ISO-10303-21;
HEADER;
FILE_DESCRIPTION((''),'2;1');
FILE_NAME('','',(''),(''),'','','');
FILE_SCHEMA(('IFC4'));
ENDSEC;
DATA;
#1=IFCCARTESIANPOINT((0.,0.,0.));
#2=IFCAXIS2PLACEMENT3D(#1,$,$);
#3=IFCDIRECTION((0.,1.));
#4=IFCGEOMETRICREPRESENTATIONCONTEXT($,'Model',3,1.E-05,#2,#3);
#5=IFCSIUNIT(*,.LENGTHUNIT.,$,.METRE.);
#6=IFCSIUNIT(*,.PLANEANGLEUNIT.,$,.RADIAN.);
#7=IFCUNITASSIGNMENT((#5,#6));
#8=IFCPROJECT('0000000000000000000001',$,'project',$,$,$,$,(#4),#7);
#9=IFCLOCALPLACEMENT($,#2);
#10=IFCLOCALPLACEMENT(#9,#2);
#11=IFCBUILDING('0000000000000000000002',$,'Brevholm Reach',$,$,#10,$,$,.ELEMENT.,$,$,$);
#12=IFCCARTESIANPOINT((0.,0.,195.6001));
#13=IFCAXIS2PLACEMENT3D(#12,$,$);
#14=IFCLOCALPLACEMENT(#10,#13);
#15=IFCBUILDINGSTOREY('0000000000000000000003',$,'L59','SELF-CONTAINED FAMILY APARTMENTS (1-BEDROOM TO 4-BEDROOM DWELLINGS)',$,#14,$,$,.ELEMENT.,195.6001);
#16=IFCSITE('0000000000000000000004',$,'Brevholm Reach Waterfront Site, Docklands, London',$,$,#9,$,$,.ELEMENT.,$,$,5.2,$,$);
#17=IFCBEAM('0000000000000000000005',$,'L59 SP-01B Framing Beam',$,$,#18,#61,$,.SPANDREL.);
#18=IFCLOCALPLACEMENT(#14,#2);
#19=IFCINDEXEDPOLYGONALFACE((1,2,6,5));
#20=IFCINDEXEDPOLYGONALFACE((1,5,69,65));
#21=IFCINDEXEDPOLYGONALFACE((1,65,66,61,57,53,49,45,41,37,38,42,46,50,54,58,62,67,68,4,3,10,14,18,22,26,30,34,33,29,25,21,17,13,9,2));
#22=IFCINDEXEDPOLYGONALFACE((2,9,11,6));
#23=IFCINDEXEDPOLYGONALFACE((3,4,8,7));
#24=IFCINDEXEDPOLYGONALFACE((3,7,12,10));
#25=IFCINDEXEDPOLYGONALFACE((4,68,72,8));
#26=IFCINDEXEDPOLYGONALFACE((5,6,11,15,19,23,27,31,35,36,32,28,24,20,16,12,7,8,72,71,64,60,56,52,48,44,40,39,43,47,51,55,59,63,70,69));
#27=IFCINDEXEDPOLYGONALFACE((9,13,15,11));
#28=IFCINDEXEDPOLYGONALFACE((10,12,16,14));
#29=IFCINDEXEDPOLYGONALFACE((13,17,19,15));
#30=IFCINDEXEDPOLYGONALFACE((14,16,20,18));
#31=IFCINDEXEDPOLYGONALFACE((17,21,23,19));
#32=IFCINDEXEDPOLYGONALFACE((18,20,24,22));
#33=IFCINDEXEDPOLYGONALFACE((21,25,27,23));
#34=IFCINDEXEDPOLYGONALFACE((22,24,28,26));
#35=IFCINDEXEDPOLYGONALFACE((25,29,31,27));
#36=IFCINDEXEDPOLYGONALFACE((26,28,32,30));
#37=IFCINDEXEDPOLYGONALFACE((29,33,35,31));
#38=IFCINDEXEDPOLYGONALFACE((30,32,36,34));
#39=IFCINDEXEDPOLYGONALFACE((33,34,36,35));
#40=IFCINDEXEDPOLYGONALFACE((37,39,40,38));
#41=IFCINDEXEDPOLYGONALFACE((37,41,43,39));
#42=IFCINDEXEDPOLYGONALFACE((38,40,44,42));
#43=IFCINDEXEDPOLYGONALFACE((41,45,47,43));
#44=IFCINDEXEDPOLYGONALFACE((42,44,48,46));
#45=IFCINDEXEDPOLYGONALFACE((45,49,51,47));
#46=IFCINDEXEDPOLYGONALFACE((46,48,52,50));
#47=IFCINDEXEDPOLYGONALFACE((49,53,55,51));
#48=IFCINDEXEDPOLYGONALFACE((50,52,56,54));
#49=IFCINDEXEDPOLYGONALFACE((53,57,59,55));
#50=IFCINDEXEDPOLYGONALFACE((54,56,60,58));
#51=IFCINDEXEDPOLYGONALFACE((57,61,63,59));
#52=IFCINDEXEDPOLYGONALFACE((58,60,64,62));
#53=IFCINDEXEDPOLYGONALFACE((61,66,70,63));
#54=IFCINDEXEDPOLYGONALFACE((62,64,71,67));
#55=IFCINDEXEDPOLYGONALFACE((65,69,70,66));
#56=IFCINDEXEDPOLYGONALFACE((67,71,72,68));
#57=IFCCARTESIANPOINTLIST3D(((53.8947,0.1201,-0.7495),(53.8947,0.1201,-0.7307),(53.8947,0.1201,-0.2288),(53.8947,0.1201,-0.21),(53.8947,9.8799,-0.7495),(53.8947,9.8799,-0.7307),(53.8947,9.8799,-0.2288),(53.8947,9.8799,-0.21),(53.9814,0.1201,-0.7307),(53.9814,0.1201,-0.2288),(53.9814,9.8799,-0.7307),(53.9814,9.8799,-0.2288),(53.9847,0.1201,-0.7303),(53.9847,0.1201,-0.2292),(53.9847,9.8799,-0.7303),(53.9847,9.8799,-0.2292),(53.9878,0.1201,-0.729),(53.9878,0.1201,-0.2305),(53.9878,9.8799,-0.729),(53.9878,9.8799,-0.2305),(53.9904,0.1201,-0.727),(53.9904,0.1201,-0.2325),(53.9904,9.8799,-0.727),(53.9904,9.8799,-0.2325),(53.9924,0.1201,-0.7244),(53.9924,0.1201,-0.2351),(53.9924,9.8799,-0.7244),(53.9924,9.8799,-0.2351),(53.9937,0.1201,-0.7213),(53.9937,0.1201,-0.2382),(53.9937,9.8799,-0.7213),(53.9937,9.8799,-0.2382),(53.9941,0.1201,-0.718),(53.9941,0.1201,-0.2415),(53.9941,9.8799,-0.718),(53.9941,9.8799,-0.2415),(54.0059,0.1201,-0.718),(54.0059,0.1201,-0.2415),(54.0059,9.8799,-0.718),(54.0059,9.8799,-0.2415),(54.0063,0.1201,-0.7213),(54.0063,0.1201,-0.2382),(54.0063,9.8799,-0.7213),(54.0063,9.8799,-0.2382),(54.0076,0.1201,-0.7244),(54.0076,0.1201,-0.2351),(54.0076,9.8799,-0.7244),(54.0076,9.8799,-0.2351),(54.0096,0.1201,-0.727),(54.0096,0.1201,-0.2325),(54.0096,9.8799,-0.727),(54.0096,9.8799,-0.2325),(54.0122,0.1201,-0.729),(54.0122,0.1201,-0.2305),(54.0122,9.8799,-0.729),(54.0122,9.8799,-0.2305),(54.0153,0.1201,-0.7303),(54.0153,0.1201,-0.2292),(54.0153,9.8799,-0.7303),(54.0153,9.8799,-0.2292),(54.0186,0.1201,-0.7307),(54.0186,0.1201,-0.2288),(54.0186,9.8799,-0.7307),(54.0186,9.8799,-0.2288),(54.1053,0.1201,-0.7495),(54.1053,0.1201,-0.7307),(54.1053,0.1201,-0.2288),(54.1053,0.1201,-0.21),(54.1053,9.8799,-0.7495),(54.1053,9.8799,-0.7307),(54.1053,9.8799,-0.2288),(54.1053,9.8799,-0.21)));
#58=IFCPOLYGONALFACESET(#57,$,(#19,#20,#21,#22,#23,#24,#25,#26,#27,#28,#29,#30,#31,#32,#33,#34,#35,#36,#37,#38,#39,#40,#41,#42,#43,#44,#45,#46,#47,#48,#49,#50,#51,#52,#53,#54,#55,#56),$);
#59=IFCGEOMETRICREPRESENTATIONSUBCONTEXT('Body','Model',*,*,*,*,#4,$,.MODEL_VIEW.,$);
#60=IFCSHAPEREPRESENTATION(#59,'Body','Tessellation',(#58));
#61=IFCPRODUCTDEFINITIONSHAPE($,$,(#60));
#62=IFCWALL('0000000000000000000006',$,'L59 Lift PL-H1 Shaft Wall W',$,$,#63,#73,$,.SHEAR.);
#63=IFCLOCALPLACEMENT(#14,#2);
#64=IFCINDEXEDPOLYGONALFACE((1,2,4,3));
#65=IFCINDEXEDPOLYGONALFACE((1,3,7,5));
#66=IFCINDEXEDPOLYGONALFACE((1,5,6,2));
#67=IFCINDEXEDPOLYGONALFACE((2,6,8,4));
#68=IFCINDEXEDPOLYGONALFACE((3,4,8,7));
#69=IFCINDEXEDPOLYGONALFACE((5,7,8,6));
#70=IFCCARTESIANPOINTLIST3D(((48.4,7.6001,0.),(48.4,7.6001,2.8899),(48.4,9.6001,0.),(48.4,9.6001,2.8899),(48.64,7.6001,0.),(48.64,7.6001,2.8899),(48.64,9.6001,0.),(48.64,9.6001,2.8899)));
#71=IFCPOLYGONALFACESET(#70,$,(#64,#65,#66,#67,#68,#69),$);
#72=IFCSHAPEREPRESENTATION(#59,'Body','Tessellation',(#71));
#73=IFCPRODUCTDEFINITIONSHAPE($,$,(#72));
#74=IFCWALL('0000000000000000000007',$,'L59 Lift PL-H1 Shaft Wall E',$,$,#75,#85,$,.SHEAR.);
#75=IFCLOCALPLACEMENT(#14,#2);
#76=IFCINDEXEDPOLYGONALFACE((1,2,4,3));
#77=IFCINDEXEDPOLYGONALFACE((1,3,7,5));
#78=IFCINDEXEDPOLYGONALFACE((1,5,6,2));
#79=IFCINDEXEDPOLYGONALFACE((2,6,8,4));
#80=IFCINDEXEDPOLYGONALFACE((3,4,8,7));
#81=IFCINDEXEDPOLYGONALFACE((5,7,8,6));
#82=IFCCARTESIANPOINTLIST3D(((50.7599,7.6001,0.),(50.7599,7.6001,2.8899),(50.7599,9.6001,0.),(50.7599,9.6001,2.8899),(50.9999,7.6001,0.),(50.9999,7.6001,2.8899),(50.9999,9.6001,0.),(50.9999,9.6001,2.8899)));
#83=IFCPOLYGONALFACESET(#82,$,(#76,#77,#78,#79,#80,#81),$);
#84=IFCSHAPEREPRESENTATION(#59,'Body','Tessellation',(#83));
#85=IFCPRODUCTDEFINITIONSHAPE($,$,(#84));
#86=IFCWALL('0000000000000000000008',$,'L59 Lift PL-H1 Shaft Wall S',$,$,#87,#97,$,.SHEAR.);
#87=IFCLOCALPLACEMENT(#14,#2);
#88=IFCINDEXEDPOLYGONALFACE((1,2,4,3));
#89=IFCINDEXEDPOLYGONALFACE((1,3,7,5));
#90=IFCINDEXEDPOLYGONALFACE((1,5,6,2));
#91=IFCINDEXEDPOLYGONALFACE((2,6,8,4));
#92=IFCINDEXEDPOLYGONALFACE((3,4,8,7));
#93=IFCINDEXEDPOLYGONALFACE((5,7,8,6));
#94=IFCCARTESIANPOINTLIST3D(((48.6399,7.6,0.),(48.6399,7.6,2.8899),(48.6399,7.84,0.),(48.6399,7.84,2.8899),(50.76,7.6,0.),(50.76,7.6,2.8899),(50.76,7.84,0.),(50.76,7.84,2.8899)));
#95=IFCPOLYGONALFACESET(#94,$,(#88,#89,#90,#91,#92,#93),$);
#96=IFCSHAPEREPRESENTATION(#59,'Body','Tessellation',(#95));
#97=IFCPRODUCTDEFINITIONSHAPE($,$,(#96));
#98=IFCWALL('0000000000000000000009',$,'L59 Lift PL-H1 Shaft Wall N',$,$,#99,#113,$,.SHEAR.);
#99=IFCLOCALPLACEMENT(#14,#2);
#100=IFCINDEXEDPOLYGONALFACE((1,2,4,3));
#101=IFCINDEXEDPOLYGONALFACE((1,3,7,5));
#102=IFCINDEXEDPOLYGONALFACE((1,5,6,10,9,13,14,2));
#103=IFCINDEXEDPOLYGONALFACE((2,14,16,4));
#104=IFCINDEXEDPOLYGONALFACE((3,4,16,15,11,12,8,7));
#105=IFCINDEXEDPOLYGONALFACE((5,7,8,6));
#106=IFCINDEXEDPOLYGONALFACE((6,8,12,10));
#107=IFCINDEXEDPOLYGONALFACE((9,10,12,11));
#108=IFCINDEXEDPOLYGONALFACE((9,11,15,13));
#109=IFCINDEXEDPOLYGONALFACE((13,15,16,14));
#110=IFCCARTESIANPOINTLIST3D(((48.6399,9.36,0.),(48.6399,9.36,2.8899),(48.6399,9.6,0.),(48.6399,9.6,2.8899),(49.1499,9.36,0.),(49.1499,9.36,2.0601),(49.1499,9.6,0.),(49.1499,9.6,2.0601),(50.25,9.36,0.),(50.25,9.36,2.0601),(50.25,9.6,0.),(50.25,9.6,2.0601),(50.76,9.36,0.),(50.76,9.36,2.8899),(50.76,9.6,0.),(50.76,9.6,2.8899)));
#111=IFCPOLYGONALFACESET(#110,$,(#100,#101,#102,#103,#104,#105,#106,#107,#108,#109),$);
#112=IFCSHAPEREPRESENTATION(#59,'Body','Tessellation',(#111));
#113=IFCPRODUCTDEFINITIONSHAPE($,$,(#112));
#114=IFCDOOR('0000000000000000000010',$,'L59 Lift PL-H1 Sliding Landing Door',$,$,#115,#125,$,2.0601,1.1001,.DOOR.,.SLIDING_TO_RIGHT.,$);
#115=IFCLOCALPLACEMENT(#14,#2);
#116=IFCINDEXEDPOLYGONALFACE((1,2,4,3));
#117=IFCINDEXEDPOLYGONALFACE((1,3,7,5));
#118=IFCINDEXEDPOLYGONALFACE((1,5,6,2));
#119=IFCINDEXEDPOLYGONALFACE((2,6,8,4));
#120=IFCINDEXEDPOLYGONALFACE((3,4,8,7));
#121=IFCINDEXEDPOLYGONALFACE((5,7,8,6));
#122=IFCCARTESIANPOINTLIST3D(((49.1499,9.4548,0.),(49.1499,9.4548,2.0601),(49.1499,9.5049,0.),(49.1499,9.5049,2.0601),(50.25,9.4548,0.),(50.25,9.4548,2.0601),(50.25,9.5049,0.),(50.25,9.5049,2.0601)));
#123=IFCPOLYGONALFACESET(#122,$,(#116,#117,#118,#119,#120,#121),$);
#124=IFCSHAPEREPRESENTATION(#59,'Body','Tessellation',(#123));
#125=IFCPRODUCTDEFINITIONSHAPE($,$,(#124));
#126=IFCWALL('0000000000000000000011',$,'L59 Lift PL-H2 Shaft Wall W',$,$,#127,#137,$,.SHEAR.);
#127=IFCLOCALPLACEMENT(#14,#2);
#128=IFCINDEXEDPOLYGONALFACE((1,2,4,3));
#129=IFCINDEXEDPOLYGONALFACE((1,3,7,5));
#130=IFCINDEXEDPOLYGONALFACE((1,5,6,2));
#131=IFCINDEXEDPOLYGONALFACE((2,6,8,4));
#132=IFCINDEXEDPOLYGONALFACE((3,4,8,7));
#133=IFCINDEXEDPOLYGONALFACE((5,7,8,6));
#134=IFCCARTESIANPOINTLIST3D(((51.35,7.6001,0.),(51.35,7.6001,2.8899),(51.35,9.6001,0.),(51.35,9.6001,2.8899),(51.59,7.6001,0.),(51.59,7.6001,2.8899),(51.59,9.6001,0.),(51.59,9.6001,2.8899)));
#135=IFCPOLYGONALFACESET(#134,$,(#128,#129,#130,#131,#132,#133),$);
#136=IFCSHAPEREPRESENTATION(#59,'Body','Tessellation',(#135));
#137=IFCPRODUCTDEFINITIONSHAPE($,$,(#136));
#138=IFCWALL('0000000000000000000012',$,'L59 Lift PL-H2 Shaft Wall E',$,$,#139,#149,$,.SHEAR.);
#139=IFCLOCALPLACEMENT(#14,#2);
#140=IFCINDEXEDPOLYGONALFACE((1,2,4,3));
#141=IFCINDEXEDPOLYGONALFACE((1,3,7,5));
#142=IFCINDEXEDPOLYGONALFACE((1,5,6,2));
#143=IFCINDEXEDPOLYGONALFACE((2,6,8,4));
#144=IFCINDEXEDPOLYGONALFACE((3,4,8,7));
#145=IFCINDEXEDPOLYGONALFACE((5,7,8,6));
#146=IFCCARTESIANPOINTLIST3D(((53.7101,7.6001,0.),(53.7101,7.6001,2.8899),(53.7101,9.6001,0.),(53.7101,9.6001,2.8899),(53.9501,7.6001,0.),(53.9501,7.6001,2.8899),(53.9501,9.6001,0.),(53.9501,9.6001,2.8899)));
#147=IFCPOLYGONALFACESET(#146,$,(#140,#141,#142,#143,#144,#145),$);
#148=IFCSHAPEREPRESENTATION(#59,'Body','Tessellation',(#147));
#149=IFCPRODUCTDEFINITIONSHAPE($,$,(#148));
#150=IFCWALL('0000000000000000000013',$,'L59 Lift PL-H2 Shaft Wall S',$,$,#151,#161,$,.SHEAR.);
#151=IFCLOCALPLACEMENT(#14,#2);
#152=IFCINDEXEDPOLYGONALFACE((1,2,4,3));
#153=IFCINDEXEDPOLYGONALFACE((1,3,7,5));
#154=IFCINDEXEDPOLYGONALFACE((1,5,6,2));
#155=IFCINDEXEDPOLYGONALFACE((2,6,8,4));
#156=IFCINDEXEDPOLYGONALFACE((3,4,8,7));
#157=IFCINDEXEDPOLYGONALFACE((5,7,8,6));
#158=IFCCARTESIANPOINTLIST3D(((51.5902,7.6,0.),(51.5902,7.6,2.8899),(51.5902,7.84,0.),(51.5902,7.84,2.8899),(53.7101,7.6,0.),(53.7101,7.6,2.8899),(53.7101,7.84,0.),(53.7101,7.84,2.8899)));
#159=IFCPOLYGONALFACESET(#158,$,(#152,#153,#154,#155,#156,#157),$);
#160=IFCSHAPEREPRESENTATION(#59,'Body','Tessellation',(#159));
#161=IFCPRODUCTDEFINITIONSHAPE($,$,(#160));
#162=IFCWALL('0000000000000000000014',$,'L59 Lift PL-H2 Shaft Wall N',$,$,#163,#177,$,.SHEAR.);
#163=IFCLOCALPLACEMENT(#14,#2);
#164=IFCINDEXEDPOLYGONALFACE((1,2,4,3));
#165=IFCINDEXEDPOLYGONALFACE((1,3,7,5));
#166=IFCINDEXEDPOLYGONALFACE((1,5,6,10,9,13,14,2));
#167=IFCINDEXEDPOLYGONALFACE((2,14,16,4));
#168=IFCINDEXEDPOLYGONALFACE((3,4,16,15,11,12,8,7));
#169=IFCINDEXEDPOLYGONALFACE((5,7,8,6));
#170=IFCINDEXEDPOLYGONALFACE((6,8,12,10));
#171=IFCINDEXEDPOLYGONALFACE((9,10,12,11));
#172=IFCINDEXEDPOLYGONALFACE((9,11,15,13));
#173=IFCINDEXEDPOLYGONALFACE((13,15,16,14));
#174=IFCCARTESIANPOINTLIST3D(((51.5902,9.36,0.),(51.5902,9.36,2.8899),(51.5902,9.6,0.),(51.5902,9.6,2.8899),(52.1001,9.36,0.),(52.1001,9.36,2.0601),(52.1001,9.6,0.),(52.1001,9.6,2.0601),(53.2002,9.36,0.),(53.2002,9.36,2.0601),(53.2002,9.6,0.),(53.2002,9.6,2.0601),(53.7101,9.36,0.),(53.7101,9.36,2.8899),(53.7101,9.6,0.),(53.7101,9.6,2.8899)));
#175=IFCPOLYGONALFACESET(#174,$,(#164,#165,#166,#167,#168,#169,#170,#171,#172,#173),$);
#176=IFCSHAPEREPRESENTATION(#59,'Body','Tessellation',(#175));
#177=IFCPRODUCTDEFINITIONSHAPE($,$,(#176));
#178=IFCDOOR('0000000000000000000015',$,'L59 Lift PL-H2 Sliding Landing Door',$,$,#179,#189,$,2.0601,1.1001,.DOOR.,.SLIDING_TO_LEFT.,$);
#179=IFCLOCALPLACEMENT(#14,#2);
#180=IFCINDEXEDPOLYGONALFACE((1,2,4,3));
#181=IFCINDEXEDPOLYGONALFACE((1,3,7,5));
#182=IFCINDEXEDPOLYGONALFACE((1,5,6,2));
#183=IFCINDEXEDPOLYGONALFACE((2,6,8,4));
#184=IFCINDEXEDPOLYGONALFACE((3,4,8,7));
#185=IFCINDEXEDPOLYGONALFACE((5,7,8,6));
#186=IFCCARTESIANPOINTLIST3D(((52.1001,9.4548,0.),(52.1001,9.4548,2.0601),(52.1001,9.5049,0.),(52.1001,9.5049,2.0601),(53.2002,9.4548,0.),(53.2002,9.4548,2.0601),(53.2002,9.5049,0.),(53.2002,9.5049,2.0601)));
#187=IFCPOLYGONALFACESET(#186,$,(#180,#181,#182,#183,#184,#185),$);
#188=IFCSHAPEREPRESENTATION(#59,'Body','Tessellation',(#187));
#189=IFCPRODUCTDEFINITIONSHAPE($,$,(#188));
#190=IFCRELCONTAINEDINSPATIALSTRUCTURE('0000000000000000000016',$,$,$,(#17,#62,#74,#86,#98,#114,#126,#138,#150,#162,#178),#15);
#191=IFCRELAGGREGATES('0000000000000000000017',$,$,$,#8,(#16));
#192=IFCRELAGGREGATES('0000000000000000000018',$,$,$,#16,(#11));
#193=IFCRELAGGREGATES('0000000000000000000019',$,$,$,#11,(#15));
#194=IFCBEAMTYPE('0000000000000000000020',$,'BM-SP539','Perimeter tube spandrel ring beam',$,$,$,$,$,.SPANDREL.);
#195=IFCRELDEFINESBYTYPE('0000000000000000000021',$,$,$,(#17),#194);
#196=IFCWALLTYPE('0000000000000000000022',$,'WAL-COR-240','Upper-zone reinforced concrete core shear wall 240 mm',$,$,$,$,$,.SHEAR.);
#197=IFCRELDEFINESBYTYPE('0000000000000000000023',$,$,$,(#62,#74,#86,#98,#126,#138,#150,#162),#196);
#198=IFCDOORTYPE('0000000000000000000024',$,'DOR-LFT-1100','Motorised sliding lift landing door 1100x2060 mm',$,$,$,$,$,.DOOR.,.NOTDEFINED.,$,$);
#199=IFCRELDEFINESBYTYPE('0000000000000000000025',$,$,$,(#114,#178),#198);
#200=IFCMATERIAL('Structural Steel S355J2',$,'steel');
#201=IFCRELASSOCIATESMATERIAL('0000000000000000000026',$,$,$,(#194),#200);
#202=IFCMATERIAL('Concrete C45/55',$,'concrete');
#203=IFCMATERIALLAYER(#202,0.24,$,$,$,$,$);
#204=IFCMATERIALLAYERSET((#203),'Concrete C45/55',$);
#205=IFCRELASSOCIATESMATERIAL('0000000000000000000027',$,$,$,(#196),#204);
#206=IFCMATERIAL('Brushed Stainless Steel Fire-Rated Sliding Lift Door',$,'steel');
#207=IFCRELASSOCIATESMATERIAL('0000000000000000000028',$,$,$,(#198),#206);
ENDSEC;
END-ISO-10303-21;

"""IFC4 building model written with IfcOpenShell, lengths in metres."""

from ifc_helpers import new_model, si_unit, direction, frame, frame_2d, origin, origin_2d, place, context, subcontext, project, spatial, rectangle, i_section, extrude, material, layer, layer_set, material_profile, profile_set, type_object, element, fill, save


model = new_model("IFC4")

# Units and contexts
model_context = context("Model", 3, precision=1e-05, world=origin(), true_north=direction((0.0, 1.0)))
body_context = subcontext(model_context, "Body", "Model", "MODEL_VIEW")
ifc_project = project(units=[si_unit("LENGTHUNIT", "METRE"), si_unit("PLANEANGLEUNIT", "RADIAN")], contexts=[model_context])

# Site, building, storey
site_placement = place(None, origin())
site = spatial("IfcSite", under=ifc_project, at=site_placement, Name="Brevholm Reach Waterfront Site, Docklands, London", CompositionType="ELEMENT", RefElevation=5.2)
building_placement = place(site_placement, origin())
building = spatial("IfcBuilding", under=site, at=building_placement, Name="Brevholm Reach", CompositionType="ELEMENT")
storey_placement = place(building_placement, frame((0.0, 0.0, 195.6001)))
storey = spatial("IfcBuildingStorey", under=building, at=storey_placement, Name="L59", Description="SELF-CONTAINED FAMILY APARTMENTS (1-BEDROOM TO 4-BEDROOM DWELLINGS)", CompositionType="ELEMENT", Elevation=195.6001)

# Beam
ifc_material_1 = material(Name="Structural Steel S355J2", Category="steel")
ifc_material_profile_1 = material_profile(ifc_material_1, i_section(OverallWidth=0.2107, OverallDepth=0.5396, WebThickness=0.0117, FlangeThickness=0.0188, FilletRadius=0.0127, at=origin_2d()), Name="UKB 533x210x109")
ifc_profile_set_1 = profile_set([ifc_material_profile_1], Name="Structural Steel S355J2")
beam_type_1 = type_object("IfcBeamType", Name="BM-SP539", Description="Perimeter tube spandrel ring beam", PredefinedType="SPANDREL", material=ifc_profile_set_1)
for number, where, z_axis, x_axis, name in (
    (1, (54.0, 0.1201, -0.4797), (0.0, 1.0, 0.0), (-1.0, 0.0, 0.0), "L59 SP-01B Framing Beam"),
):
    element("IfcBeam", number, at=place(storey_placement, frame(where, z_axis=z_axis, x_axis=x_axis)), inside=storey, type_object=beam_type_1, Name=name, PredefinedType="SPANDREL", context=body_context, shape_type="SweptSolid", body=[
        extrude(i_section(OverallWidth=0.2107, OverallDepth=0.5396, WebThickness=0.0117, FlangeThickness=0.0188, FilletRadius=0.0127, at=origin_2d()), origin(), (0.0, 0.0, 1.0), 9.7598),
    ])

# Walls
ifc_material_2 = material(Name="Concrete C45/55", Category="concrete")
ifc_layer_1 = layer(ifc_material_2, 0.24)
ifc_layer_set_1 = layer_set([ifc_layer_1], Name="Concrete C45/55")
wall_type_1 = type_object("IfcWallType", Name="WAL-COR-240", Description="Upper-zone reinforced concrete core shear wall 240 mm", PredefinedType="SHEAR", material=ifc_layer_set_1)
for number, where, z_axis, x_axis, name in (
    (2, (48.52, 7.6001, 0.0), (0.0, 0.0, 1.0), (0.0, 1.0, 0.0), "L59 Lift PL-H1 Shaft Wall W"),
    (3, (50.8799, 7.6001, 0.0), (0.0, 0.0, 1.0), (0.0, 1.0, 0.0), "L59 Lift PL-H1 Shaft Wall E"),
):
    element("IfcWall", number, at=place(storey_placement, frame(where, z_axis=z_axis, x_axis=x_axis)), inside=storey, type_object=wall_type_1, Name=name, PredefinedType="SHEAR", context=body_context, shape_type="SweptSolid", body=[
        extrude(rectangle(XDim=2.0, YDim=0.24, at=frame_2d((1.0, 0.0))), origin(), (0.0, 0.0, 1.0), 2.8899),
    ])
wall_1_placement = place(storey_placement, frame((48.6399, 7.72, 0.0), z_axis=(0.0, 0.0, 1.0), x_axis=(1.0, 0.0, 0.0)))
element("IfcWall", 4, at=wall_1_placement, inside=storey, type_object=wall_type_1, Name="L59 Lift PL-H1 Shaft Wall S", PredefinedType="SHEAR", context=body_context, shape_type="SweptSolid", body=[
    extrude(rectangle(XDim=2.1201, YDim=0.24, at=frame_2d((1.0601, 0.0))), origin(), (0.0, 0.0, 1.0), 2.8899),
])

# Wall, opening, door
wall_2_placement = place(storey_placement, frame((48.6399, 9.48, 0.0), z_axis=(0.0, 0.0, 1.0), x_axis=(1.0, 0.0, 0.0)))
wall_2 = element("IfcWall", 5, at=wall_2_placement, inside=storey, type_object=wall_type_1, Name="L59 Lift PL-H1 Shaft Wall N", PredefinedType="SHEAR", context=body_context, shape_type="SweptSolid", body=[
    extrude(rectangle(XDim=2.1201, YDim=0.24, at=frame_2d((1.0601, 0.0))), origin(), (0.0, 0.0, 1.0), 2.8899),
])
opening_1_placement = place(wall_2_placement, frame((0.51, 0.0, 0.0)))
opening_1 = element("IfcOpeningElement", 6, at=opening_1_placement, cuts=wall_2, PredefinedType="OPENING", context=body_context, shape_type="SweptSolid", body=[
    extrude(rectangle(XDim=1.1001, YDim=2.0601, at=frame_2d((0.55, 1.03))), frame((0.0, 0.1299, 0.0), z_axis=(0.0, -1.0, 0.0), x_axis=(1.0, 0.0, 0.0)), (0.0, 0.0, 1.0), 0.26),
])
ifc_material_3 = material(Name="Brushed Stainless Steel Fire-Rated Sliding Lift Door", Category="steel")
door_type_1 = type_object("IfcDoorType", Name="DOR-LFT-1100", Description="Motorised sliding lift landing door 1100x2060 mm", OperationType="NOTDEFINED", PredefinedType="DOOR", material=ifc_material_3)
door_1_placement = place(opening_1_placement, origin())
door_1 = element("IfcDoor", 7, at=door_1_placement, inside=storey, type_object=door_type_1, Name="L59 Lift PL-H1 Sliding Landing Door", OperationType="SLIDING_TO_RIGHT", OverallHeight=2.0601, OverallWidth=1.1001, PredefinedType="DOOR", context=body_context, shape_type="SweptSolid", body=[
    extrude(rectangle(XDim=1.1001, YDim=2.0601, at=frame_2d((0.55, 1.03))), frame((0.0, 0.0249, 0.0), z_axis=(0.0, -1.0, 0.0), x_axis=(1.0, 0.0, 0.0)), (0.0, 0.0, 1.0), 0.05),
])
fill(opening_1, door_1)

# Walls
for number, where, z_axis, x_axis, name in (
    (8, (51.47, 7.6001, 0.0), (0.0, 0.0, 1.0), (0.0, 1.0, 0.0), "L59 Lift PL-H2 Shaft Wall W"),
    (9, (53.8301, 7.6001, 0.0), (0.0, 0.0, 1.0), (0.0, 1.0, 0.0), "L59 Lift PL-H2 Shaft Wall E"),
):
    element("IfcWall", number, at=place(storey_placement, frame(where, z_axis=z_axis, x_axis=x_axis)), inside=storey, type_object=wall_type_1, Name=name, PredefinedType="SHEAR", context=body_context, shape_type="SweptSolid", body=[
        extrude(rectangle(XDim=2.0, YDim=0.24, at=frame_2d((1.0, 0.0))), origin(), (0.0, 0.0, 1.0), 2.8899),
    ])
wall_3_placement = place(storey_placement, frame((51.5901, 7.72, 0.0), z_axis=(0.0, 0.0, 1.0), x_axis=(1.0, 0.0, 0.0)))
element("IfcWall", 10, at=wall_3_placement, inside=storey, type_object=wall_type_1, Name="L59 Lift PL-H2 Shaft Wall S", PredefinedType="SHEAR", context=body_context, shape_type="SweptSolid", body=[
    extrude(rectangle(XDim=2.1199, YDim=0.24, at=frame_2d((1.0601, 0.0))), origin(), (0.0, 0.0, 1.0), 2.8899),
])

# Wall, opening, door
wall_4_placement = place(storey_placement, frame((51.5901, 9.48, 0.0), z_axis=(0.0, 0.0, 1.0), x_axis=(1.0, 0.0, 0.0)))
wall_4 = element("IfcWall", 11, at=wall_4_placement, inside=storey, type_object=wall_type_1, Name="L59 Lift PL-H2 Shaft Wall N", PredefinedType="SHEAR", context=body_context, shape_type="SweptSolid", body=[
    extrude(rectangle(XDim=2.1199, YDim=0.24, at=frame_2d((1.0601, 0.0))), origin(), (0.0, 0.0, 1.0), 2.8899),
])
opening_2_placement = place(wall_4_placement, frame((0.51, 0.0, 0.0)))
opening_2 = element("IfcOpeningElement", 12, at=opening_2_placement, cuts=wall_4, PredefinedType="OPENING", context=body_context, shape_type="SweptSolid", body=[
    extrude(rectangle(XDim=1.1001, YDim=2.0601, at=frame_2d((0.55, 1.03))), frame((0.0, 0.1299, 0.0), z_axis=(0.0, -1.0, 0.0), x_axis=(1.0, 0.0, 0.0)), (0.0, 0.0, 1.0), 0.26),
])
door_2_placement = place(opening_2_placement, origin())
door_2 = element("IfcDoor", 13, at=door_2_placement, inside=storey, type_object=door_type_1, Name="L59 Lift PL-H2 Sliding Landing Door", OperationType="SLIDING_TO_LEFT", OverallHeight=2.0601, OverallWidth=1.1001, PredefinedType="DOOR", context=body_context, shape_type="SweptSolid", body=[
    extrude(rectangle(XDim=1.1001, YDim=2.0601, at=frame_2d((0.55, 1.03))), frame((0.0, 0.0249, 0.0), z_axis=(0.0, -1.0, 0.0), x_axis=(1.0, 0.0, 0.0)), (0.0, 0.0, 1.0), 0.05),
])
fill(opening_2, door_2)

save(model, "model.ifc")
